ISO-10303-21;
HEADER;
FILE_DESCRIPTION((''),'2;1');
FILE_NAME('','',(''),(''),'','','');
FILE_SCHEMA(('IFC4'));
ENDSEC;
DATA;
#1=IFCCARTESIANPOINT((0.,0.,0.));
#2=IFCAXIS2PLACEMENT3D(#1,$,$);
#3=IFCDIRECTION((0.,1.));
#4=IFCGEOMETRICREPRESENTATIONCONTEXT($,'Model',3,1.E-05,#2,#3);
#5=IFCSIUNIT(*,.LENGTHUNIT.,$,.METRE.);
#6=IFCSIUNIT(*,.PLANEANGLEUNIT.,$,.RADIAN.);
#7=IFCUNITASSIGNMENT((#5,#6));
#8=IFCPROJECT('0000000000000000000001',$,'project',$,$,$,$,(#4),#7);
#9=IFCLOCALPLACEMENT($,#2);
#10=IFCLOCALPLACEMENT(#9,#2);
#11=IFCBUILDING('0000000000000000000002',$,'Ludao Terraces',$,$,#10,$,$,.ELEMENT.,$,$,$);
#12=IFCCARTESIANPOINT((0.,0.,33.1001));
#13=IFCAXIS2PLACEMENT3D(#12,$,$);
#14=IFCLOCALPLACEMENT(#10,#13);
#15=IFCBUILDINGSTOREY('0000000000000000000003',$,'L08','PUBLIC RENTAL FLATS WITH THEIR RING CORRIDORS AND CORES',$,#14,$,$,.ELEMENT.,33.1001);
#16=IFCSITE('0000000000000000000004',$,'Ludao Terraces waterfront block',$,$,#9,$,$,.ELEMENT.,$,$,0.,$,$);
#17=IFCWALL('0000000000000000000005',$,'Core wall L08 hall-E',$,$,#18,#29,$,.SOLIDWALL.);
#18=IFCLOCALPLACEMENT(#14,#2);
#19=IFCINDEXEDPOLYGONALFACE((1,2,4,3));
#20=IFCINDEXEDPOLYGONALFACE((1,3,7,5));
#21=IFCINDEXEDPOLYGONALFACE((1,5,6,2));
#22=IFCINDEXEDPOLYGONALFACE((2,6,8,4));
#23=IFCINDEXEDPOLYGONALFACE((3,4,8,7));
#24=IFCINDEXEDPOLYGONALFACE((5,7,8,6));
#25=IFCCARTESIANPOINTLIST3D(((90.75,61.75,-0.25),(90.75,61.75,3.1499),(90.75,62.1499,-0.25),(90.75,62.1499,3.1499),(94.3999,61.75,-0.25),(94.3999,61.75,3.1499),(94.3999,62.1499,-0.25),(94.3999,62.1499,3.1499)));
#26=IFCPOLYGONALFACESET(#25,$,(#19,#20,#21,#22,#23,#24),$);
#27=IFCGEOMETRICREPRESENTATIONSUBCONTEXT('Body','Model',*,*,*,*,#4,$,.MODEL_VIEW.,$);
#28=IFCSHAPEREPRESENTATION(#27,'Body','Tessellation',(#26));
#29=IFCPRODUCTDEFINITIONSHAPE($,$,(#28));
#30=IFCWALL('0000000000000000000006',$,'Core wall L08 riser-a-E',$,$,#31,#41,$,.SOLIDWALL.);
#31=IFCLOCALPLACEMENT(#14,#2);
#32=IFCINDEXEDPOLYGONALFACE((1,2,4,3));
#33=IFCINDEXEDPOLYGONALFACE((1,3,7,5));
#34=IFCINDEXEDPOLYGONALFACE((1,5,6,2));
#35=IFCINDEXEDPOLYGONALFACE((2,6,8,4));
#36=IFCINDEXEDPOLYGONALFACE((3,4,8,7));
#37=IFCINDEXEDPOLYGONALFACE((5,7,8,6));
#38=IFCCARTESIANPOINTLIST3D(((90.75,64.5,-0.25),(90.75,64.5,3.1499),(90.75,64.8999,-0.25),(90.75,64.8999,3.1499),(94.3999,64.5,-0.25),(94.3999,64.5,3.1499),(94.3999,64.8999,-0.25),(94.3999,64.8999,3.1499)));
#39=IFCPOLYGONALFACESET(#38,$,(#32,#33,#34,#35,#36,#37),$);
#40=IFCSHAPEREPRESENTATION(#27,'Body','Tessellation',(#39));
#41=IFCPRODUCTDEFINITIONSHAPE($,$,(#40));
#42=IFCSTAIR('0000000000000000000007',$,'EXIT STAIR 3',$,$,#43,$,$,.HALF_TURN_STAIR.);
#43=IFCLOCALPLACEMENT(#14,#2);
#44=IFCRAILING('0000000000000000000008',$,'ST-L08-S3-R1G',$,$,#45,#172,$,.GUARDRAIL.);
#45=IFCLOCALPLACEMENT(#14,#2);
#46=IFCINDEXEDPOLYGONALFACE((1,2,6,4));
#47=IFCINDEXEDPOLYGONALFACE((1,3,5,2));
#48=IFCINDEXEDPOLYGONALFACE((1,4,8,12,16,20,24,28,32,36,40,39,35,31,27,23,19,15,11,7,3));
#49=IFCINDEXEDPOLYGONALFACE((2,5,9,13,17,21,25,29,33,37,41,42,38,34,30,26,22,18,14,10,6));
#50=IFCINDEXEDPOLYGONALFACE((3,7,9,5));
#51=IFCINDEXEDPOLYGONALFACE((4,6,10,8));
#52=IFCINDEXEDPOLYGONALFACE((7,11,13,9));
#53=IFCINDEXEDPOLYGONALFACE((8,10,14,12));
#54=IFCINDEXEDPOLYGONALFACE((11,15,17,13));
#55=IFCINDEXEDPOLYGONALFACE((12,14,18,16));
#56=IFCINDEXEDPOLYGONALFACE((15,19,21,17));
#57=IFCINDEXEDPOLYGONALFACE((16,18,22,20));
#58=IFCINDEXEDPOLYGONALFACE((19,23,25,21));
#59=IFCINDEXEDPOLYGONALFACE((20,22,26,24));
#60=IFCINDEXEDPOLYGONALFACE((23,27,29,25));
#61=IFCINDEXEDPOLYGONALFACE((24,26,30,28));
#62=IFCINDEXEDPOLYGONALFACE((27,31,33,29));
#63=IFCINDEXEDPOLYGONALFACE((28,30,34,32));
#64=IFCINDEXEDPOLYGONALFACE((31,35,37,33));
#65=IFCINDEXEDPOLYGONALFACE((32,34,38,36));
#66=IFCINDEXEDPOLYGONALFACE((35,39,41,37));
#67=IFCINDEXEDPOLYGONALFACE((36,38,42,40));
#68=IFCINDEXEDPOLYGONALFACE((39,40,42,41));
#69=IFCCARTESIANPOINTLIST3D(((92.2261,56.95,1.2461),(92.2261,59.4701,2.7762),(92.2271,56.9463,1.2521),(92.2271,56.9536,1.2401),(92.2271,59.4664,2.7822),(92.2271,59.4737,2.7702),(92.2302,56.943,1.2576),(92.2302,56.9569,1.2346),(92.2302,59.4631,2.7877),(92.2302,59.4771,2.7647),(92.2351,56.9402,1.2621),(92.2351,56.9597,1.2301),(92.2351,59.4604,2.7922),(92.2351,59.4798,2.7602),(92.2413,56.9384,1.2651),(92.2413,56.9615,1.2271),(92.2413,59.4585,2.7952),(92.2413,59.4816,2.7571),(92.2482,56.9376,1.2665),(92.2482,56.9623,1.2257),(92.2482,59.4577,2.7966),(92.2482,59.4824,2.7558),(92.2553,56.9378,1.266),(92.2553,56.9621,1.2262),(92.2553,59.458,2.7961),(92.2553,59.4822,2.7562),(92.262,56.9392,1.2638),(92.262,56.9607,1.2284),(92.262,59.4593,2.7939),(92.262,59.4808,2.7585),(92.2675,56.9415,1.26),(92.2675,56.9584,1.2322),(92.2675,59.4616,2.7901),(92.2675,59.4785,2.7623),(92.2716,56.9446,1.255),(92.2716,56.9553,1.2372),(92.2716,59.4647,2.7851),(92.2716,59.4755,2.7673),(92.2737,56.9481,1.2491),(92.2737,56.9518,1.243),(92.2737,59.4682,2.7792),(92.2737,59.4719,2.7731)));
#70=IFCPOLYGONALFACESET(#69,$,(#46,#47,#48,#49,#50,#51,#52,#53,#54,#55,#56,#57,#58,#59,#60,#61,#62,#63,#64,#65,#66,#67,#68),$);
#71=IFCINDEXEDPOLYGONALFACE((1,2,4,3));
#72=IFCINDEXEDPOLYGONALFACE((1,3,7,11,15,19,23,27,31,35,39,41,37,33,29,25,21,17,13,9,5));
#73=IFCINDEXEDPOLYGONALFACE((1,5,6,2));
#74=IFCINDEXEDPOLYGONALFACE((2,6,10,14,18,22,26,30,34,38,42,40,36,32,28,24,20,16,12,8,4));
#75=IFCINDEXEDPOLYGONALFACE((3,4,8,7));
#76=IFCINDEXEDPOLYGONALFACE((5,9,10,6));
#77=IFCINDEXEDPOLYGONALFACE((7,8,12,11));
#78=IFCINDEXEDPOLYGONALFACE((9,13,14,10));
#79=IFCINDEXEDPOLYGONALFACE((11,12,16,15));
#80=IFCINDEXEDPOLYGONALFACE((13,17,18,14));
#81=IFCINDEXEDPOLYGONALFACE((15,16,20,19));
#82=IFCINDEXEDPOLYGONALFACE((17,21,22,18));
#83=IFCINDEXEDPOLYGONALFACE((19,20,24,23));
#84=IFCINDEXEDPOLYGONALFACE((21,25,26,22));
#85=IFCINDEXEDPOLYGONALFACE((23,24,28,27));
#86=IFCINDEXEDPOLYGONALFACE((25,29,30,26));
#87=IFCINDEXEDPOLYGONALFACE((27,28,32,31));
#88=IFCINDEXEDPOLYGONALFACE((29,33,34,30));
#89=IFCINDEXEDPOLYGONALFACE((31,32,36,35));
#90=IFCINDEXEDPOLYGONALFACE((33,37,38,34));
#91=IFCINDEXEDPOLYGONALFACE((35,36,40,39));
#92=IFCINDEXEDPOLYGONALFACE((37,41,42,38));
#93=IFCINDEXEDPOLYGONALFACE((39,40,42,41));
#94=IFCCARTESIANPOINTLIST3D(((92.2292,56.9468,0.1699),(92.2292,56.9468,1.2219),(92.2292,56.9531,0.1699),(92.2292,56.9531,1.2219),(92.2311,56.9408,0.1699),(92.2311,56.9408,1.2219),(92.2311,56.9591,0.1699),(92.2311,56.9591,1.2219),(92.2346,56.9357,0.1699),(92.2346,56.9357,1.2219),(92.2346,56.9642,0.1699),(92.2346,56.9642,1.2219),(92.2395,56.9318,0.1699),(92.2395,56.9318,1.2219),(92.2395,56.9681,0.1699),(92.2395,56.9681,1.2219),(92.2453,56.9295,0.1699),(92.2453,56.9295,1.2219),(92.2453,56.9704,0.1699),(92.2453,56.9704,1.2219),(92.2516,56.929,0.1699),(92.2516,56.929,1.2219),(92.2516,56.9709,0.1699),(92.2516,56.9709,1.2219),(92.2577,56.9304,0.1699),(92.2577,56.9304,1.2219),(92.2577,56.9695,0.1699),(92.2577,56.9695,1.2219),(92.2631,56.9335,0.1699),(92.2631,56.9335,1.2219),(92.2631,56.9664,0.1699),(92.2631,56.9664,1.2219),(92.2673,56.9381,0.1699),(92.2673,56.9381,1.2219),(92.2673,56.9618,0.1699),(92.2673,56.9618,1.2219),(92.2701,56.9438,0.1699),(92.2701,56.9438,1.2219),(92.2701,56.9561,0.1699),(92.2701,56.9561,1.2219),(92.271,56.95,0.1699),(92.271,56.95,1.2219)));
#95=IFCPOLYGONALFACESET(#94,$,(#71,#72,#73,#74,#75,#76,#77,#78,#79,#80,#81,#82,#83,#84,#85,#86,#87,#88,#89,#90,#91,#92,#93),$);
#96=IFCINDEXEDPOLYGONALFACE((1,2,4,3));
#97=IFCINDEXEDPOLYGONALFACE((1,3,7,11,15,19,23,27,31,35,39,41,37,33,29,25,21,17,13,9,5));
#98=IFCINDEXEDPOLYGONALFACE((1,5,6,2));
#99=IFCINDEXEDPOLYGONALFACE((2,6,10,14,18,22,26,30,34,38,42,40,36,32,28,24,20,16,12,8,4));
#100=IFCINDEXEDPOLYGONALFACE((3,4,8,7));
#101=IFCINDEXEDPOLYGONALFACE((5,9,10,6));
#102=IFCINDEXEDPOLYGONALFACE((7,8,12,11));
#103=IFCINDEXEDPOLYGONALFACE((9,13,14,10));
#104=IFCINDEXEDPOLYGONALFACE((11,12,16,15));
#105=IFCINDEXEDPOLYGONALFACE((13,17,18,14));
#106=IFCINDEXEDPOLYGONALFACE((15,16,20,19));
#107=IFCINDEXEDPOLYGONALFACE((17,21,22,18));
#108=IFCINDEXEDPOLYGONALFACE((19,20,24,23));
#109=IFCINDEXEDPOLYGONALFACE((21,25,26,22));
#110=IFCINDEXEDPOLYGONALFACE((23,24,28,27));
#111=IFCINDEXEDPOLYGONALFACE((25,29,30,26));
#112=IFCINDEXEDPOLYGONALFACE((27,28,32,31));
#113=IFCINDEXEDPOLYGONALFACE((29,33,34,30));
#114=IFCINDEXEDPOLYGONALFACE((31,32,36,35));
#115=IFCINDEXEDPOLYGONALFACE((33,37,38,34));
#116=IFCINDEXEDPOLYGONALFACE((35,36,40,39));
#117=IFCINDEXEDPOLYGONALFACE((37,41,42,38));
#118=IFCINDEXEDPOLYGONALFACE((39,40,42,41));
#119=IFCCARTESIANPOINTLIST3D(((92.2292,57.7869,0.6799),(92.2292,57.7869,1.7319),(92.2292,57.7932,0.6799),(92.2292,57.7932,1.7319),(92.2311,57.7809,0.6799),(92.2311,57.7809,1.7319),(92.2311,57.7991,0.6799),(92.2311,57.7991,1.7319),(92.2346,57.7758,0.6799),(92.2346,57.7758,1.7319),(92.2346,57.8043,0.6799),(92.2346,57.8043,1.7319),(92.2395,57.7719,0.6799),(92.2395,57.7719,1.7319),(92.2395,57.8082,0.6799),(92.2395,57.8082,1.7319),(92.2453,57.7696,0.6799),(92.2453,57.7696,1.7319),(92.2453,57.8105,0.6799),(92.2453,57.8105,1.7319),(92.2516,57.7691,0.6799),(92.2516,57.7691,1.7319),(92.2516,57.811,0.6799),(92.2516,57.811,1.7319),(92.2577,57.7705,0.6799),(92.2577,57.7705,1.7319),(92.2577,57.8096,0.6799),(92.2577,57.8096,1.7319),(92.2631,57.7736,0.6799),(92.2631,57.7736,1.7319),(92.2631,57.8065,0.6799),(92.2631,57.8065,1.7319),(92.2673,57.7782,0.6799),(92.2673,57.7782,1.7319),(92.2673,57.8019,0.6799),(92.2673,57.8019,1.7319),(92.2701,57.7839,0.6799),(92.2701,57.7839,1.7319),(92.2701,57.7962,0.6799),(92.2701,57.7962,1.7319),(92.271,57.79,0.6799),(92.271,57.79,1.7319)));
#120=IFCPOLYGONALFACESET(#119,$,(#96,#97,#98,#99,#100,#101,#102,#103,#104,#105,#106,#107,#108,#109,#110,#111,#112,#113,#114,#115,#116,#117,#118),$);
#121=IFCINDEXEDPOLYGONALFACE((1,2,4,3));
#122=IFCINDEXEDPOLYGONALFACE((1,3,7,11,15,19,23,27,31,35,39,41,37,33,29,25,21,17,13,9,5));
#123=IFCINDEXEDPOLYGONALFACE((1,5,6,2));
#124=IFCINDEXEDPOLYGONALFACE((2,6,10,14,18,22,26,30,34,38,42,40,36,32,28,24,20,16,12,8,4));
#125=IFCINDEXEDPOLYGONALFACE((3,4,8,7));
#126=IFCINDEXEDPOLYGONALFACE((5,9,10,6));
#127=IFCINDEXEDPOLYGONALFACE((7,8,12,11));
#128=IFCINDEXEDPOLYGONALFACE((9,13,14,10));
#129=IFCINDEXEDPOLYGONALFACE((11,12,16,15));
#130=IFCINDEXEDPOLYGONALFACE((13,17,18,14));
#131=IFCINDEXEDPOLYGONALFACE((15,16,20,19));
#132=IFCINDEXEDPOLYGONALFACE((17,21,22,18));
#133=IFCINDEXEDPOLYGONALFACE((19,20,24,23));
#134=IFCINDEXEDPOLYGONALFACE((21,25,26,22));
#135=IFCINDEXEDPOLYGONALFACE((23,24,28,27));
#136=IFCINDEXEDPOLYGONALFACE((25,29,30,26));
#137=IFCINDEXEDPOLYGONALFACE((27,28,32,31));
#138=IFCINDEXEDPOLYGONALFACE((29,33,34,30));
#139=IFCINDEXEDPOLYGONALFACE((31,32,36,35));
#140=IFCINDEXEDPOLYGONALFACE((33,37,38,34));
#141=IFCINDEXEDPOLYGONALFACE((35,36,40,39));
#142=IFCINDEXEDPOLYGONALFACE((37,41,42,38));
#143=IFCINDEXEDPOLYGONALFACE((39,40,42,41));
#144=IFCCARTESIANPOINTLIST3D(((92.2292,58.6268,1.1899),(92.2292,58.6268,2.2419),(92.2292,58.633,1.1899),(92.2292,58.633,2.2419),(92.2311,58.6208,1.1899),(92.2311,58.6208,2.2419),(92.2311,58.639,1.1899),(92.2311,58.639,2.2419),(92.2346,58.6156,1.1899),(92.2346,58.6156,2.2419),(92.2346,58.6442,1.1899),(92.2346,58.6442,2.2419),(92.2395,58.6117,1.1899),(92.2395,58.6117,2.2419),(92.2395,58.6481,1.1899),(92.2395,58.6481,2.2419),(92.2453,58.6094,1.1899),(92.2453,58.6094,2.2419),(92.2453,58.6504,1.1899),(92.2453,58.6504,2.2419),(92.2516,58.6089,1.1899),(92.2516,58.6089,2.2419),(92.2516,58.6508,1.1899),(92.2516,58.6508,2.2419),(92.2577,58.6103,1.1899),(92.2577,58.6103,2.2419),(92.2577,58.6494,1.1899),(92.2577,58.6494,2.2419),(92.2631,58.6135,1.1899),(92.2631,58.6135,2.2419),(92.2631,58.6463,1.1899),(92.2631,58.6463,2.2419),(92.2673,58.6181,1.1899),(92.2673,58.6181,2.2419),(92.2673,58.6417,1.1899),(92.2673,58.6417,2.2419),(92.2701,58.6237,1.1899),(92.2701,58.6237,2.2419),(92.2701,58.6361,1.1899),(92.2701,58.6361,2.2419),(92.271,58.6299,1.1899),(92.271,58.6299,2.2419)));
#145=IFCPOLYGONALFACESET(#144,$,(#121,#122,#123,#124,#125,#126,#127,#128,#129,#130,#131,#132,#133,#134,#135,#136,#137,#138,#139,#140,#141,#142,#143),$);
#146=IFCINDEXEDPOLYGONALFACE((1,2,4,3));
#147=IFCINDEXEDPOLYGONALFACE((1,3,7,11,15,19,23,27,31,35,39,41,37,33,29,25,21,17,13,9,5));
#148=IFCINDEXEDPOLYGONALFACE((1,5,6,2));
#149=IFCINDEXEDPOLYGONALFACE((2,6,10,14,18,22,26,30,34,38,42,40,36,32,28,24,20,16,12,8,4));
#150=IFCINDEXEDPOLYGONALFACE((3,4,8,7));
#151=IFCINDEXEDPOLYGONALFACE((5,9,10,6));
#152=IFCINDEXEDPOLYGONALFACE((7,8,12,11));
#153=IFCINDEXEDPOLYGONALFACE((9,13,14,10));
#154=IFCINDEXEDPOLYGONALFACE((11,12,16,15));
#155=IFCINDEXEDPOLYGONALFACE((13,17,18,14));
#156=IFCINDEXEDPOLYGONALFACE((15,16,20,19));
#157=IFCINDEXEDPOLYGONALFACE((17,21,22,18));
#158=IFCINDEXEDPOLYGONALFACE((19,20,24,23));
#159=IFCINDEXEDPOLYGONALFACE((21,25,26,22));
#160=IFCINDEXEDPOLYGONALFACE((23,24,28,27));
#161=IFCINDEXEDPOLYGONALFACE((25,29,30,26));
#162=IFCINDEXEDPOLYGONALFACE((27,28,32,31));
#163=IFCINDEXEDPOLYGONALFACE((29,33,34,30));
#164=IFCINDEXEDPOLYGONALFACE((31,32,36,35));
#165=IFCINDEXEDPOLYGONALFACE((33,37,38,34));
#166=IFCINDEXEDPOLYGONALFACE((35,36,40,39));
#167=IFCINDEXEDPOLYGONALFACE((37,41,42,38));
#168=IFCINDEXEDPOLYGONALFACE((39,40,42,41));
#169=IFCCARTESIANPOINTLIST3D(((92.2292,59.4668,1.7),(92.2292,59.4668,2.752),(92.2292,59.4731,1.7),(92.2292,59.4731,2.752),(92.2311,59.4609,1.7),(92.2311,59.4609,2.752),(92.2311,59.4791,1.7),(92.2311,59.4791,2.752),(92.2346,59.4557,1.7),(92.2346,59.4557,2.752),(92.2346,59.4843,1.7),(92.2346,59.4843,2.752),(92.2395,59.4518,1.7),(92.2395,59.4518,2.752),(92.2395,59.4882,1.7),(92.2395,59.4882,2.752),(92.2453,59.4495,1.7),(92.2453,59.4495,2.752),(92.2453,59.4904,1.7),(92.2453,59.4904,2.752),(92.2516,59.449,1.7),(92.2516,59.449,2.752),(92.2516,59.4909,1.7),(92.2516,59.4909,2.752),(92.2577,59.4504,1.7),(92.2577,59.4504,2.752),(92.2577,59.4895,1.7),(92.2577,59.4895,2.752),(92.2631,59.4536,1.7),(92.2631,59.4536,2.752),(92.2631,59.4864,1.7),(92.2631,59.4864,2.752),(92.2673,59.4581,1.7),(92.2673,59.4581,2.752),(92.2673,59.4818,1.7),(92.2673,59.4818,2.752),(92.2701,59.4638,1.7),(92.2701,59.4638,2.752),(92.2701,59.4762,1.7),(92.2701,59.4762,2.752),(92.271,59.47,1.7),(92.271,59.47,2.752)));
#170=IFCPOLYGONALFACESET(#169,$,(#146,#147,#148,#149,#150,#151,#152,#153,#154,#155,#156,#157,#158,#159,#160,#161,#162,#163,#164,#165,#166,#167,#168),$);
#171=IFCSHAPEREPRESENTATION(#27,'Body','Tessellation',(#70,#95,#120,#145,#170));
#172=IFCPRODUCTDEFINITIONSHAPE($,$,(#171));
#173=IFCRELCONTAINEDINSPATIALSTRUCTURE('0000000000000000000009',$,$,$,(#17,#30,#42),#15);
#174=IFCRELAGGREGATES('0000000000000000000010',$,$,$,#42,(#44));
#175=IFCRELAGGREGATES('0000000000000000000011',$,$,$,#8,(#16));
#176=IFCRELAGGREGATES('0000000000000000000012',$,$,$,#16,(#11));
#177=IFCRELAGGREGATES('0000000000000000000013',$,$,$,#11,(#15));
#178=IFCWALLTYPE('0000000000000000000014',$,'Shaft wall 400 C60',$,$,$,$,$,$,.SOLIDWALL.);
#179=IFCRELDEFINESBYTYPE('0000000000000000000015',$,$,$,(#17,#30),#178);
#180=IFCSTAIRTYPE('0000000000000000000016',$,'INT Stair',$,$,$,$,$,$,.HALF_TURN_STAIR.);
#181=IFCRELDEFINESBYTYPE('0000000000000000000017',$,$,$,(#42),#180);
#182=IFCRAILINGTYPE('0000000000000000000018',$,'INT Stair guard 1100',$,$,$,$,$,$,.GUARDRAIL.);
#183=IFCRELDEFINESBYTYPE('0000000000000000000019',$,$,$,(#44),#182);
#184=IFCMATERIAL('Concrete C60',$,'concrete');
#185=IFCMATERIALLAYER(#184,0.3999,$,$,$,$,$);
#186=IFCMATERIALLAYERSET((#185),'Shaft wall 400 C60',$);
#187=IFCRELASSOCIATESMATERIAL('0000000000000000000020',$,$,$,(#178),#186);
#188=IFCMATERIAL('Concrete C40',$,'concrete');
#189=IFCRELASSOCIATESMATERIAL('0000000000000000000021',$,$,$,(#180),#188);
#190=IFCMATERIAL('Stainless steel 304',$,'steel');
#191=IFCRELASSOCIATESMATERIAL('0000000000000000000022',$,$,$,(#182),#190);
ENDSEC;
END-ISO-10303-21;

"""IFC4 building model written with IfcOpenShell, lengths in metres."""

from ifc_helpers import new_model, si_unit, direction, frame, frame_2d, origin, origin_2d, place, context, subcontext, project, spatial, rectangle, circle, extrude, material, layer, layer_set, type_object, element, aggregate, save


model = new_model("IFC4")

# Units and contexts
model_context = context("Model", 3, precision=1e-05, world=origin(), true_north=direction((0.0, 1.0)))
body_context = subcontext(model_context, "Body", "Model", "MODEL_VIEW")
ifc_project = project(units=[si_unit("LENGTHUNIT", "METRE"), si_unit("PLANEANGLEUNIT", "RADIAN")], contexts=[model_context])

# Site, building, storey
site_placement = place(None, origin())
site = spatial("IfcSite", under=ifc_project, at=site_placement, Name="Ludao Terraces waterfront block", CompositionType="ELEMENT", RefElevation=0.0)
building_placement = place(site_placement, origin())
building = spatial("IfcBuilding", under=site, at=building_placement, Name="Ludao Terraces", CompositionType="ELEMENT")
storey_placement = place(building_placement, frame((0.0, 0.0, 33.1001)))
storey = spatial("IfcBuildingStorey", under=building, at=storey_placement, Name="L08", Description="PUBLIC RENTAL FLATS WITH THEIR RING CORRIDORS AND CORES", CompositionType="ELEMENT", Elevation=33.1001)

# Walls
ifc_material_1 = material(Name="Concrete C60", Category="concrete")
ifc_layer_1 = layer(ifc_material_1, 0.3999)
ifc_layer_set_1 = layer_set([ifc_layer_1], Name="Shaft wall 400 C60")
wall_type_1 = type_object("IfcWallType", Name="Shaft wall 400 C60", PredefinedType="SOLIDWALL", material=ifc_layer_set_1)
for number, where, z_axis, x_axis, name in (
    (1, (90.75, 61.95, -0.25), (0.0, 0.0, 1.0), (1.0, 0.0, 0.0), "Core wall L08 hall-E"),
    (2, (90.75, 64.7, -0.25), (0.0, 0.0, 1.0), (1.0, 0.0, 0.0), "Core wall L08 riser-a-E"),
):
    element("IfcWall", number, at=place(storey_placement, frame(where, z_axis=z_axis, x_axis=x_axis)), inside=storey, type_object=wall_type_1, Name=name, PredefinedType="SOLIDWALL", context=body_context, shape_type="SweptSolid", body=[
        extrude(rectangle(XDim=3.6499, YDim=0.3999, at=frame_2d((1.825, 0.0))), origin(), (0.0, 0.0, 1.0), 3.3999),
    ])

# Stair, railing
ifc_material_2 = material(Name="Concrete C40", Category="concrete")
stair_type = type_object("IfcStairType", Name="INT Stair", PredefinedType="HALF_TURN_STAIR", material=ifc_material_2)
stair_placement = place(storey_placement, origin())
stair = element("IfcStair", 3, at=stair_placement, inside=storey, type_object=stair_type, Name="EXIT STAIR 3", PredefinedType="HALF_TURN_STAIR")
ifc_material_3 = material(Name="Stainless steel 304", Category="steel")
railing_type_1 = type_object("IfcRailingType", Name="INT Stair guard 1100", PredefinedType="GUARDRAIL", material=ifc_material_3)
railing_1_placement = place(storey_placement, frame((92.25, 56.95, 0.1699)))
railing_1 = element("IfcRailing", 4, at=railing_1_placement, type_object=railing_type_1, Name="ST-L08-S3-R1G", PredefinedType="GUARDRAIL", context=body_context, shape_type="SweptSolid", body=[
    extrude(circle(Radius=0.0239, at=origin_2d()), frame((0.0, 0.0, 1.0762), z_axis=(0.0, 0.854785, 0.518982), x_axis=(-1.0, 0.0, 0.0)), (0.0, 0.0, 1.0), 2.9482),
    extrude(circle(Radius=0.021, at=origin_2d()), origin(), (0.0, 0.0, 1.0), 1.052),
    extrude(circle(Radius=0.021, at=origin_2d()), frame((0.0, 0.8401, 0.51)), (0.0, 0.0, 1.0), 1.052),
    extrude(circle(Radius=0.021, at=origin_2d()), frame((0.0, 1.6799, 1.02)), (0.0, 0.0, 1.0), 1.052),
    extrude(circle(Radius=0.021, at=origin_2d()), frame((0.0, 2.52, 1.53)), (0.0, 0.0, 1.0), 1.052),
])
aggregate(stair, [railing_1])

save(model, "model.ifc")
